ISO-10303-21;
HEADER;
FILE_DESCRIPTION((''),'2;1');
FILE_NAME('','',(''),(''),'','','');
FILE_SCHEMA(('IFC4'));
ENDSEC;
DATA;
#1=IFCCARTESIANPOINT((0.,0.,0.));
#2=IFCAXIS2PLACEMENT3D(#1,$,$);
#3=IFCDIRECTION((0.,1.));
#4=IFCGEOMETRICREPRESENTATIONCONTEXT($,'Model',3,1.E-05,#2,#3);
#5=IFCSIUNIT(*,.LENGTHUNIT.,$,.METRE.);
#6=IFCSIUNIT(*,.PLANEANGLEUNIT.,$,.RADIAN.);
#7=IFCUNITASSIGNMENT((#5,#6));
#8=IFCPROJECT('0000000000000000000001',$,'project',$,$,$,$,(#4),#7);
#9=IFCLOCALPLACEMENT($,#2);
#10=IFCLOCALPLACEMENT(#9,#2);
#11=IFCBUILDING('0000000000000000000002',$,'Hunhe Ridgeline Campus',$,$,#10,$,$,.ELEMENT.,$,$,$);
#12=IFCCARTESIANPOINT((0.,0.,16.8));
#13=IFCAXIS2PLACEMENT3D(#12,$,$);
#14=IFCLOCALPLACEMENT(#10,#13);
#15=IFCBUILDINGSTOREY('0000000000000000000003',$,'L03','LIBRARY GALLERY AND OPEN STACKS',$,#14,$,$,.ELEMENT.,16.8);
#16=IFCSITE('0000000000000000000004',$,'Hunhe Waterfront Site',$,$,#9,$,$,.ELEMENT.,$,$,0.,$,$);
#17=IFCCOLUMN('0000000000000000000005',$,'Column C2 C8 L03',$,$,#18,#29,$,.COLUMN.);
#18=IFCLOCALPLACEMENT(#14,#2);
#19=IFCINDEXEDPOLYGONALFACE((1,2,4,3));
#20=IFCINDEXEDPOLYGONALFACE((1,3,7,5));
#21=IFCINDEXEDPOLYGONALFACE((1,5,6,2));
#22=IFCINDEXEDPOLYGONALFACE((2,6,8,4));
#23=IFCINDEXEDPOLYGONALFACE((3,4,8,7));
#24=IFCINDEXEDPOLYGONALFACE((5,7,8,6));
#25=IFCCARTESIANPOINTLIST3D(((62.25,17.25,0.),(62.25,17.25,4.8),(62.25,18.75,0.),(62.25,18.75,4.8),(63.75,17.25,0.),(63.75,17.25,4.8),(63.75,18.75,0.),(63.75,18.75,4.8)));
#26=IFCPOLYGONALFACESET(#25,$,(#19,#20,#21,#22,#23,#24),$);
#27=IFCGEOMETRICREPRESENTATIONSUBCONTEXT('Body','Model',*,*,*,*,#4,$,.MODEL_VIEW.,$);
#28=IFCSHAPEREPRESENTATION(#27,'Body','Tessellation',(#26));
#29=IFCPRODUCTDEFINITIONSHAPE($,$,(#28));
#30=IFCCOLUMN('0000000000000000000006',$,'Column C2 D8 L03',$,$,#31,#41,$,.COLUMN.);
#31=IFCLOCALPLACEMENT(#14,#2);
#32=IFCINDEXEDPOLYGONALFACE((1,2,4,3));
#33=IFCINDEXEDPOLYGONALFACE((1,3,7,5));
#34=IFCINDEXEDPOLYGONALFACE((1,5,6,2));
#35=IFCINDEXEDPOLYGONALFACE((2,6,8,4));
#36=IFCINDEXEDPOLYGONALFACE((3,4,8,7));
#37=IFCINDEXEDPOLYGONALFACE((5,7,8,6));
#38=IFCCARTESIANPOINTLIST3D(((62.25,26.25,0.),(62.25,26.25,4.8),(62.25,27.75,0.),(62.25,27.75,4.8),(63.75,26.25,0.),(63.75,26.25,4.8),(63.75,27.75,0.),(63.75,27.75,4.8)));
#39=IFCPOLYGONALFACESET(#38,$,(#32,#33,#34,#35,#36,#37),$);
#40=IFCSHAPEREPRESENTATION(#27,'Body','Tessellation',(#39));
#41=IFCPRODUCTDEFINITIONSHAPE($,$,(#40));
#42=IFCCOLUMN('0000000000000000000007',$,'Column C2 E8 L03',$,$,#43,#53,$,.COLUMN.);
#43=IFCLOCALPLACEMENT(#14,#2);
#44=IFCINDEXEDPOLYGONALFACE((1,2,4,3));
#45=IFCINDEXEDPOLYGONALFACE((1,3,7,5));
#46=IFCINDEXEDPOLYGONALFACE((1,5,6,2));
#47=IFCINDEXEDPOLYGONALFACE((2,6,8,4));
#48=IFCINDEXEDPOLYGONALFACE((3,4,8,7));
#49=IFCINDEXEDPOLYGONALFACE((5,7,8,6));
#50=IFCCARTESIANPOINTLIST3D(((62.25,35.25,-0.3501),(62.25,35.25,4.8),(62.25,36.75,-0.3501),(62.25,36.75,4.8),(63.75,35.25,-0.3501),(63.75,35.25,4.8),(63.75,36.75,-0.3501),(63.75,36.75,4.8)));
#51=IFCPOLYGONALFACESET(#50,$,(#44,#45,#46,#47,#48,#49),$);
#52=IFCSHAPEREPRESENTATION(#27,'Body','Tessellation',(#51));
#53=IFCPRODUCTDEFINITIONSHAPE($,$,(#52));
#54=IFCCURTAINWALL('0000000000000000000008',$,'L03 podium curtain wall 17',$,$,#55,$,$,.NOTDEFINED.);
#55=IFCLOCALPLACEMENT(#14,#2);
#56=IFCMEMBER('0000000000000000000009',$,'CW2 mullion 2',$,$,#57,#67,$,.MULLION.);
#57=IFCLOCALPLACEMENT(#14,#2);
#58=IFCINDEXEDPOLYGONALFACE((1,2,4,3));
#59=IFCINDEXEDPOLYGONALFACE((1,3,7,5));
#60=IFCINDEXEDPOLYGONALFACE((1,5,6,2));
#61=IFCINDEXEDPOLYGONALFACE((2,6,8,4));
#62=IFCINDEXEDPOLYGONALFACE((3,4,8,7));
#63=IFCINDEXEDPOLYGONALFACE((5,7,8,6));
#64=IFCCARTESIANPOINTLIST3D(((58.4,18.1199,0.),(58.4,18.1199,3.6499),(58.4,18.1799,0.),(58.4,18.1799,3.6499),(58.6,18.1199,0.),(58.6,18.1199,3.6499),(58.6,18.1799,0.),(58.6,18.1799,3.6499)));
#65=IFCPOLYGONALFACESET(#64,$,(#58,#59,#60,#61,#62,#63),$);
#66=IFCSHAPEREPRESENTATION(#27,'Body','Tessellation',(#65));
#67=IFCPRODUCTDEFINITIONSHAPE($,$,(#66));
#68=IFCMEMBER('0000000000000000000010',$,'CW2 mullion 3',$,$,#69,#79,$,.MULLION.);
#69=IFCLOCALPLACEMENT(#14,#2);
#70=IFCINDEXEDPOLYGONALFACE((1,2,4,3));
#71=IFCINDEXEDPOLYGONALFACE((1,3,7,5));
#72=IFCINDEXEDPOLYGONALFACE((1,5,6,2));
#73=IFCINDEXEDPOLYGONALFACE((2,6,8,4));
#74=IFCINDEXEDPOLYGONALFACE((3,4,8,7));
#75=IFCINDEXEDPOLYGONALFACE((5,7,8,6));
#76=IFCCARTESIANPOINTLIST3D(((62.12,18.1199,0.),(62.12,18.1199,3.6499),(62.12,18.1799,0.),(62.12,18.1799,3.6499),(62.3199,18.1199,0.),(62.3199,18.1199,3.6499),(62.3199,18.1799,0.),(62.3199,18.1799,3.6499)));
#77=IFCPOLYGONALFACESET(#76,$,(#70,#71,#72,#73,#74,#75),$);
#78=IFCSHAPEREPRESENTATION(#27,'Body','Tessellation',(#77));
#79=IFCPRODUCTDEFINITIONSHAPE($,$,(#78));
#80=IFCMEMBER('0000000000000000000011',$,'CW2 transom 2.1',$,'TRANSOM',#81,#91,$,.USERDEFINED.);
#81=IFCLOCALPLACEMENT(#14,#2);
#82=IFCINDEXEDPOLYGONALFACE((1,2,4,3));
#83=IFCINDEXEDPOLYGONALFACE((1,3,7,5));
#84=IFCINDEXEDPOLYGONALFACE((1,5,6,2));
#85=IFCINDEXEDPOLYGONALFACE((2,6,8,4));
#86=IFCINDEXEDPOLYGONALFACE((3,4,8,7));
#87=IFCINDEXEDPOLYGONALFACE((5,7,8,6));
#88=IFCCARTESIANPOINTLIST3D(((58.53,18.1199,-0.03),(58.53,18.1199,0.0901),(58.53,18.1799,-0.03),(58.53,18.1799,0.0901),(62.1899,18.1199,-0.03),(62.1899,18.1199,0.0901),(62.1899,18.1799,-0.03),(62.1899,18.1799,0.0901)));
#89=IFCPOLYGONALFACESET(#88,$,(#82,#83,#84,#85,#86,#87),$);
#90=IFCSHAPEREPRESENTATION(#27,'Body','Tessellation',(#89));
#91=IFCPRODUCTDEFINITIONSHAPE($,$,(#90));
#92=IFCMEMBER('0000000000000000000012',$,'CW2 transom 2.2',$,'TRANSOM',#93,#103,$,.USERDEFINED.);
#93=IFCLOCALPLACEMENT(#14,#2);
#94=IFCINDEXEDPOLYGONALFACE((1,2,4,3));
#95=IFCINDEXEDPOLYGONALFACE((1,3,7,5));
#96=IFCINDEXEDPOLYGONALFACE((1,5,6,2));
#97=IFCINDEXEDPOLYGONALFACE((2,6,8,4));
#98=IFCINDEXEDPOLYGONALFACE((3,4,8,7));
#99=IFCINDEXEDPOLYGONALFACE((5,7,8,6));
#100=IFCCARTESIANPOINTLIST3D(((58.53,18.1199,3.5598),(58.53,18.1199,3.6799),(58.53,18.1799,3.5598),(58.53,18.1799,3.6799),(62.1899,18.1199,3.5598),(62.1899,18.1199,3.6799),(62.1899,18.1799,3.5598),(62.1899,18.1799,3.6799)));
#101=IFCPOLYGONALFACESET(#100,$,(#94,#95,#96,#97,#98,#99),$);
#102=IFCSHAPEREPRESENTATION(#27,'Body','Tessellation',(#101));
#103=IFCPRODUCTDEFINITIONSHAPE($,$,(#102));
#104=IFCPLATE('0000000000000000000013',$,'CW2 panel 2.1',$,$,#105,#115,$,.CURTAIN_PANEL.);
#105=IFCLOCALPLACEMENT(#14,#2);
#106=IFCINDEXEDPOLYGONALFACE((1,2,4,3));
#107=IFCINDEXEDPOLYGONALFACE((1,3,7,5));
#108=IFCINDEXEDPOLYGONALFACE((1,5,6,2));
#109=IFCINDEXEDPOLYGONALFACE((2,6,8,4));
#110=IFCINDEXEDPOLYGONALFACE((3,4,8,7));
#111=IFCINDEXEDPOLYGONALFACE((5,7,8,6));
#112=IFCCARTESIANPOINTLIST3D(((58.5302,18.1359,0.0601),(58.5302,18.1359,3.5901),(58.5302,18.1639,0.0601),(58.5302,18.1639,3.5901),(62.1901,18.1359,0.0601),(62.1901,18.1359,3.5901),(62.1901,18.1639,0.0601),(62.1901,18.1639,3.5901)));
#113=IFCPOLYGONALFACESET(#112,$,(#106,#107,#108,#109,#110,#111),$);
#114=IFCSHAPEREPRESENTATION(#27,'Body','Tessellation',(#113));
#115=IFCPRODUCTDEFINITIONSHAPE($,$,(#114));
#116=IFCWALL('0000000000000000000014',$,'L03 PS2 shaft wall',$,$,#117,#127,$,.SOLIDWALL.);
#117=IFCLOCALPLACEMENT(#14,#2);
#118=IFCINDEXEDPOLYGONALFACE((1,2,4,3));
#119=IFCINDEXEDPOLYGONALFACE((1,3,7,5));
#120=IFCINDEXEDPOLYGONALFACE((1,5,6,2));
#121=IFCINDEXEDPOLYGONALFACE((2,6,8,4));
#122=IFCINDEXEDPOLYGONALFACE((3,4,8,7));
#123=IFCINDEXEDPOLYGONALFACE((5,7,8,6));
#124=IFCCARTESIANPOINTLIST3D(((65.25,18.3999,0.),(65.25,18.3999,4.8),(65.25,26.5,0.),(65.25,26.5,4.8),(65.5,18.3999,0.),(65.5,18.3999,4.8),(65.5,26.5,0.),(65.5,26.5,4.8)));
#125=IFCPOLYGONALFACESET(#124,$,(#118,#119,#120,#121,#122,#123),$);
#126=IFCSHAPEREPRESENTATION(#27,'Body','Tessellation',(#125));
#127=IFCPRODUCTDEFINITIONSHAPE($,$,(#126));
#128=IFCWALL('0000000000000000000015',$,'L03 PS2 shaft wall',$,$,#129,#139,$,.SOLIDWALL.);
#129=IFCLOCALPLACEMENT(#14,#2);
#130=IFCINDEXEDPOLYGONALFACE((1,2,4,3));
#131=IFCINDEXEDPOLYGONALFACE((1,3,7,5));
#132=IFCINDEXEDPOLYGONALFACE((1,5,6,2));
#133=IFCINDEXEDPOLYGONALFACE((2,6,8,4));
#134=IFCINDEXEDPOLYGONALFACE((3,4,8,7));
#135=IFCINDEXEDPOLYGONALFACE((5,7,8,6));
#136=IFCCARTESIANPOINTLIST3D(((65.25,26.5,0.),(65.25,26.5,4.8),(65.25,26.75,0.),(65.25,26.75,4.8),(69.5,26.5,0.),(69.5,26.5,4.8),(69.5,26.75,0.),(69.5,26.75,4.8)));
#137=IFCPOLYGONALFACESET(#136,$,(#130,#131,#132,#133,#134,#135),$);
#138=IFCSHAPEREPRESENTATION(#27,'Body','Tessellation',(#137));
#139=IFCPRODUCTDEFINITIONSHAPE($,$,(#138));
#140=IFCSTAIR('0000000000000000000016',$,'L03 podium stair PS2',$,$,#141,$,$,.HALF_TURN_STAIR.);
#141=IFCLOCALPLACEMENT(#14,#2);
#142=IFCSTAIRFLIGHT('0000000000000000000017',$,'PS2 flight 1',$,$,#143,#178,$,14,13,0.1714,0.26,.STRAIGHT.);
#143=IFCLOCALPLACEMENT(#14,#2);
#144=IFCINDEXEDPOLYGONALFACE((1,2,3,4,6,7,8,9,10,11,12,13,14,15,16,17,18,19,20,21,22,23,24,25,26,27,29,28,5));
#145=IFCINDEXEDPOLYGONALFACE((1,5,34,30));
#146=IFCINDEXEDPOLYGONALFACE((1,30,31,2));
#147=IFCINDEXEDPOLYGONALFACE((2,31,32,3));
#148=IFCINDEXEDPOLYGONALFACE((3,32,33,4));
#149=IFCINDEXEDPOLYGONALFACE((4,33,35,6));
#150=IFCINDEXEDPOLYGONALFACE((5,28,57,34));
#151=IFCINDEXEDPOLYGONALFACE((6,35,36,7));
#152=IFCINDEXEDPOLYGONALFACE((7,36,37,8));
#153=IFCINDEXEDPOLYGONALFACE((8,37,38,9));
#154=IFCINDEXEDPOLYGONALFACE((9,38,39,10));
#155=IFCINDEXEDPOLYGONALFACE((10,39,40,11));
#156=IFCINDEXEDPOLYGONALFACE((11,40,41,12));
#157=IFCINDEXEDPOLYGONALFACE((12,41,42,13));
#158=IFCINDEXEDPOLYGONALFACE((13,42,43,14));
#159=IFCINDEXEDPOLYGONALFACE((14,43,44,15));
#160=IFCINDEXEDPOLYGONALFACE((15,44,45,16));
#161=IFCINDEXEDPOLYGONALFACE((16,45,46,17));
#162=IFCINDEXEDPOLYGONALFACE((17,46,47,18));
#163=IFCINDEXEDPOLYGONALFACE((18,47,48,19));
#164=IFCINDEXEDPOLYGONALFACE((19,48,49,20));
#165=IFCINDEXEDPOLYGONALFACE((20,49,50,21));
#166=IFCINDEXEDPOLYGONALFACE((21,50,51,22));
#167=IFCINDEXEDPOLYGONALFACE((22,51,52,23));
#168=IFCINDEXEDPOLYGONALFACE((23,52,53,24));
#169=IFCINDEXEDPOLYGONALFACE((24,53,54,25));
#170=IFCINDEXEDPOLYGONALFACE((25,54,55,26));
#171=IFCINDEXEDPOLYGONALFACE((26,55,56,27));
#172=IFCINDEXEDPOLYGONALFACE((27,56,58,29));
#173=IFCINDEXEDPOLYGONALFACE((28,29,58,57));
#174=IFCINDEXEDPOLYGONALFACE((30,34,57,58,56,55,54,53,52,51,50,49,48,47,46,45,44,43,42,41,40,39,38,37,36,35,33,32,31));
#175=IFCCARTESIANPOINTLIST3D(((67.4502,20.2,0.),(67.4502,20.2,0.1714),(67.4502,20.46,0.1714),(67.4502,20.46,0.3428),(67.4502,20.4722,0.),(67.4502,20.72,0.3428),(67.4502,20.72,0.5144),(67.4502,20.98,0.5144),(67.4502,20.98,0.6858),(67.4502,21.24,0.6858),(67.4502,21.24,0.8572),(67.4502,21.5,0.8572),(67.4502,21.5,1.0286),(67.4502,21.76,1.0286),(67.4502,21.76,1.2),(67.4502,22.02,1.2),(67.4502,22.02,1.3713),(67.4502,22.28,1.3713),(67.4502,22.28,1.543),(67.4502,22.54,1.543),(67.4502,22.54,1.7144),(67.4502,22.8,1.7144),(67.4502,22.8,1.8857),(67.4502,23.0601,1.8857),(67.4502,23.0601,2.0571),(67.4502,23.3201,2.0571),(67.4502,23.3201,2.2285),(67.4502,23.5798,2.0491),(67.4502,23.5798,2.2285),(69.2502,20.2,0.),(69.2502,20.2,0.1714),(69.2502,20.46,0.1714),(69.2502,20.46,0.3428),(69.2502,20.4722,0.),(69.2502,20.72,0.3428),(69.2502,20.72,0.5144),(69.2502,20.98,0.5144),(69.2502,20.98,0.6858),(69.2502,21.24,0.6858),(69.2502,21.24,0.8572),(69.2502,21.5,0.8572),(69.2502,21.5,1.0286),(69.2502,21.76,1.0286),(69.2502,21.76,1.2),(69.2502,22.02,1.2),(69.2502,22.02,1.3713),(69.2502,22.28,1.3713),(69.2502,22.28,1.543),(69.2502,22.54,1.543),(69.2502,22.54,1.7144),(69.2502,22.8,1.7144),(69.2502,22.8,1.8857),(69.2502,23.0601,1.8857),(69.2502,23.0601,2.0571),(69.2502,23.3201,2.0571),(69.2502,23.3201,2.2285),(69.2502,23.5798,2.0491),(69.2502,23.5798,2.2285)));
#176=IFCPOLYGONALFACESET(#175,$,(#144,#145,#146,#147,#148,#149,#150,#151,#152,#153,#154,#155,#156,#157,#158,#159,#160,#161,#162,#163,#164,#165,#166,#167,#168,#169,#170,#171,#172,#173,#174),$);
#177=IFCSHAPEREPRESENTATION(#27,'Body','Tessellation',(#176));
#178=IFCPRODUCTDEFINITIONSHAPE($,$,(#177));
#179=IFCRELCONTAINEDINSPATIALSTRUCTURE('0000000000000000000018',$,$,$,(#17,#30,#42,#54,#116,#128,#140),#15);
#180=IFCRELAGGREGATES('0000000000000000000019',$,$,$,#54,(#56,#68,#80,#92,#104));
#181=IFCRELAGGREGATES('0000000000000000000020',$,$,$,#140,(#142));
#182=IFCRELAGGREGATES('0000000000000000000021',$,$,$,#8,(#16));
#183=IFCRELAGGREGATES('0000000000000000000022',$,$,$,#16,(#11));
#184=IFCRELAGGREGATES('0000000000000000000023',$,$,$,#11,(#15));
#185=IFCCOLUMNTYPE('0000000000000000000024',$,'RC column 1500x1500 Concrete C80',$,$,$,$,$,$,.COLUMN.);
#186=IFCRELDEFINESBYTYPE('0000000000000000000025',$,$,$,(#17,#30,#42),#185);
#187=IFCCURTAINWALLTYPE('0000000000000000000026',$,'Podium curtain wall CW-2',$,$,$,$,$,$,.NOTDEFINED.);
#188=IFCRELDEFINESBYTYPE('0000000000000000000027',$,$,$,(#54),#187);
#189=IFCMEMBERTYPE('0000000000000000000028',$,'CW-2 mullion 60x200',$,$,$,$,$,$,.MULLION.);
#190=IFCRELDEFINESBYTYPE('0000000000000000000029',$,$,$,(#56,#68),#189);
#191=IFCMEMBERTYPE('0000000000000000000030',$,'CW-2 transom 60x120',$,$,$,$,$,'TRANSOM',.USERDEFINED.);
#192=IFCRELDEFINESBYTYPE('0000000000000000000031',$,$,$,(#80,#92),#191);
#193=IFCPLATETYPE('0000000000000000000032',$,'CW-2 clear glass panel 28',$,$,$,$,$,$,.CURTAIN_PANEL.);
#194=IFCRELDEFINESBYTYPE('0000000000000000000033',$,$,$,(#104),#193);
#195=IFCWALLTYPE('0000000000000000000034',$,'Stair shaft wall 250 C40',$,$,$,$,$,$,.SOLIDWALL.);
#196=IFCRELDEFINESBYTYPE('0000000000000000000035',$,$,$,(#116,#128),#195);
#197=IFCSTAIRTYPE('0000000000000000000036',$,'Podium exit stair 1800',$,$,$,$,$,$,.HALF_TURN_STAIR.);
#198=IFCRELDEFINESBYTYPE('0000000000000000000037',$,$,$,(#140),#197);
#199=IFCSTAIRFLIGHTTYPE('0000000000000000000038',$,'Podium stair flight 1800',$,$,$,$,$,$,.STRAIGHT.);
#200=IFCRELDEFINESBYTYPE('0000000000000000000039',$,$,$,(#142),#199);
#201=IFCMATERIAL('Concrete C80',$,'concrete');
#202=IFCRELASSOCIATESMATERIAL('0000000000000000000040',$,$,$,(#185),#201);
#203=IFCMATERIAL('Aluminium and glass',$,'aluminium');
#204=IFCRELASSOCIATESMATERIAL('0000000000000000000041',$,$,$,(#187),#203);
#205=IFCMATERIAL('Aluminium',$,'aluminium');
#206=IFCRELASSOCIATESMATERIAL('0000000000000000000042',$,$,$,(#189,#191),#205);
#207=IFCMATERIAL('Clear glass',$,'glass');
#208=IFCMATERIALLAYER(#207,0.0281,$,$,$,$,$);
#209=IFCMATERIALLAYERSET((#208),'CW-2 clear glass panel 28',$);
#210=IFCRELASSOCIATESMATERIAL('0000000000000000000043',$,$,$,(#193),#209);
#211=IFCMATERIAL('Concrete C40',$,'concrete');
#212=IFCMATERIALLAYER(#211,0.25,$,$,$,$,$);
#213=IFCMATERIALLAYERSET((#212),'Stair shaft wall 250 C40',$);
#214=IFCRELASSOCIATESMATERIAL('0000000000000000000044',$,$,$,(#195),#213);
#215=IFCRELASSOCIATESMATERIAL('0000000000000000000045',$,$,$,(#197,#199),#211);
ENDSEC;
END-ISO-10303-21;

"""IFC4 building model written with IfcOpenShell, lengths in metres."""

from ifc_helpers import new_model, si_unit, direction, frame, frame_2d, origin, origin_2d, place, context, subcontext, project, spatial, polyline, rectangle, outline, extrude, material, layer, layer_set, material_profile, profile_set, type_object, element, aggregate, save


model = new_model("IFC4")

# Units and contexts
model_context = context("Model", 3, precision=1e-05, world=origin(), true_north=direction((0.0, 1.0)))
body_context = subcontext(model_context, "Body", "Model", "MODEL_VIEW")
ifc_project = project(units=[si_unit("LENGTHUNIT", "METRE"), si_unit("PLANEANGLEUNIT", "RADIAN")], contexts=[model_context])

# Site, building, storey
site_placement = place(None, origin())
site = spatial("IfcSite", under=ifc_project, at=site_placement, Name="Hunhe Waterfront Site", CompositionType="ELEMENT", RefElevation=0.0)
building_placement = place(site_placement, origin())
building = spatial("IfcBuilding", under=site, at=building_placement, Name="Hunhe Ridgeline Campus", CompositionType="ELEMENT")
storey_placement = place(building_placement, frame((0.0, 0.0, 16.8)))
storey = spatial("IfcBuildingStorey", under=building, at=storey_placement, Name="L03", Description="LIBRARY GALLERY AND OPEN STACKS", CompositionType="ELEMENT", Elevation=16.8)

# Columns
ifc_material_1 = material(Name="Concrete C80", Category="concrete")
ifc_material_profile_1 = material_profile(ifc_material_1, rectangle(XDim=1.5, YDim=1.5, at=origin_2d()))
ifc_profile_set_1 = profile_set([ifc_material_profile_1], Name="Concrete C80")
column_type = type_object("IfcColumnType", Name="RC column 1500x1500 Concrete C80", PredefinedType="COLUMN", material=ifc_profile_set_1)
for number, where, z_axis, x_axis, name in (
    (1, (63.0, 18.0, 0.0), (0.0, 0.0, 1.0), (1.0, 0.0, 0.0), "Column C2 C8 L03"),
    (2, (63.0, 27.0, 0.0), (0.0, 0.0, 1.0), (1.0, 0.0, 0.0), "Column C2 D8 L03"),
):
    element("IfcColumn", number, at=place(storey_placement, frame(where, z_axis=z_axis, x_axis=x_axis)), inside=storey, type_object=column_type, Name=name, PredefinedType="COLUMN", context=body_context, shape_type="SweptSolid", body=[
        extrude(rectangle(XDim=1.5, YDim=1.5, at=origin_2d()), origin(), (0.0, 0.0, 1.0), 4.8),
    ])
column_placement = place(storey_placement, frame((63.0, 36.0, -0.3501), z_axis=(0.0, 0.0, 1.0), x_axis=(1.0, 0.0, 0.0)))
element("IfcColumn", 3, at=column_placement, inside=storey, type_object=column_type, Name="Column C2 E8 L03", PredefinedType="COLUMN", context=body_context, shape_type="SweptSolid", body=[
    extrude(rectangle(XDim=1.5, YDim=1.5, at=origin_2d()), origin(), (0.0, 0.0, 1.0), 5.1501),
])

# Curtain wall, members, plate
ifc_material_2 = material(Name="Aluminium and glass", Category="aluminium")
curtain_wall_type = type_object("IfcCurtainWallType", Name="Podium curtain wall CW-2", PredefinedType="NOTDEFINED", material=ifc_material_2)
curtain_wall_placement = place(storey_placement, origin())
curtain_wall = element("IfcCurtainWall", 4, at=curtain_wall_placement, inside=storey, type_object=curtain_wall_type, Name="L03 podium curtain wall 17", PredefinedType="NOTDEFINED")
ifc_material_3 = material(Name="Aluminium", Category="aluminium")
ifc_material_profile_2 = material_profile(ifc_material_3, rectangle(XDim=0.0601, YDim=0.2, at=origin_2d()))
ifc_profile_set_2 = profile_set([ifc_material_profile_2], Name="Aluminium")
member_type_1 = type_object("IfcMemberType", Name="CW-2 mullion 60x200", PredefinedType="MULLION", material=ifc_profile_set_2)
member_1_placement = place(storey_placement, frame((58.5, 18.1499, 0.0), z_axis=(0.0, 0.0, 1.0), x_axis=(0.0, 1.0, 0.0)))
member_1 = element("IfcMember", 5, at=member_1_placement, type_object=member_type_1, Name="CW2 mullion 2", PredefinedType="MULLION", context=body_context, shape_type="SweptSolid", body=[
    extrude(rectangle(XDim=0.0601, YDim=0.2, at=origin_2d()), origin(), (0.0, 0.0, 1.0), 3.6499),
])
member_2_placement = place(storey_placement, frame((62.22, 18.1499, 0.0), z_axis=(0.0, 0.0, 1.0), x_axis=(0.0, 1.0, 0.0)))
member_2 = element("IfcMember", 6, at=member_2_placement, type_object=member_type_1, Name="CW2 mullion 3", PredefinedType="MULLION", context=body_context, shape_type="SweptSolid", body=[
    extrude(rectangle(XDim=0.0601, YDim=0.2, at=origin_2d()), origin(), (0.0, 0.0, 1.0), 3.6499),
])
ifc_material_profile_3 = material_profile(ifc_material_3, rectangle(XDim=0.0601, YDim=0.1201, at=origin_2d()))
ifc_profile_set_3 = profile_set([ifc_material_profile_3], Name="Aluminium")
member_type_2 = type_object("IfcMemberType", Name="CW-2 transom 60x120", ElementType="TRANSOM", PredefinedType="USERDEFINED", material=ifc_profile_set_3)
member_3_placement = place(storey_placement, frame((58.53, 18.1499, 0.03), z_axis=(1.0, 0.0, 0.0), x_axis=(0.0, 1.0, 0.0)))
member_3 = element("IfcMember", 7, at=member_3_placement, type_object=member_type_2, Name="CW2 transom 2.1", ObjectType="TRANSOM", PredefinedType="USERDEFINED", context=body_context, shape_type="SweptSolid", body=[
    extrude(rectangle(XDim=0.0601, YDim=0.1201, at=origin_2d()), origin(), (0.0, 0.0, 1.0), 3.6599),
])
member_4_placement = place(storey_placement, frame((58.53, 18.1499, 3.6199), z_axis=(1.0, 0.0, 0.0), x_axis=(0.0, 1.0, 0.0)))
member_4 = element("IfcMember", 8, at=member_4_placement, type_object=member_type_2, Name="CW2 transom 2.2", ObjectType="TRANSOM", PredefinedType="USERDEFINED", context=body_context, shape_type="SweptSolid", body=[
    extrude(rectangle(XDim=0.0601, YDim=0.1201, at=origin_2d()), origin(), (0.0, 0.0, 1.0), 3.6599),
])
ifc_material_4 = material(Name="Clear glass", Category="glass")
ifc_layer_1 = layer(ifc_material_4, 0.0281)
ifc_layer_set_1 = layer_set([ifc_layer_1], Name="CW-2 clear glass panel 28")
plate_type = type_object("IfcPlateType", Name="CW-2 clear glass panel 28", PredefinedType="CURTAIN_PANEL", material=ifc_layer_set_1)
plate_placement = place(storey_placement, frame((60.3601, 18.1499, 0.0601), z_axis=(0.0, 0.0, 1.0), x_axis=(1.0, 0.0, 0.0)))
plate = element("IfcPlate", 9, at=plate_placement, type_object=plate_type, Name="CW2 panel 2.1", PredefinedType="CURTAIN_PANEL", context=body_context, shape_type="SweptSolid", body=[
    extrude(rectangle(XDim=3.6599, YDim=0.0281, at=origin_2d()), origin(), (0.0, 0.0, 1.0), 3.53),
])
aggregate(curtain_wall, [member_1, member_2, member_3, member_4, plate])

# Walls
ifc_material_5 = material(Name="Concrete C40", Category="concrete")
ifc_layer_2 = layer(ifc_material_5, 0.25)
ifc_layer_set_2 = layer_set([ifc_layer_2], Name="Stair shaft wall 250 C40")
wall_type = type_object("IfcWallType", Name="Stair shaft wall 250 C40", PredefinedType="SOLIDWALL", material=ifc_layer_set_2)
wall_1_placement = place(storey_placement, frame((65.375, 18.3999, 0.0), z_axis=(0.0, 0.0, 1.0), x_axis=(0.0, 1.0, 0.0)))
element("IfcWall", 10, at=wall_1_placement, inside=storey, type_object=wall_type, Name="L03 PS2 shaft wall", PredefinedType="SOLIDWALL", context=body_context, shape_type="SweptSolid", body=[
    extrude(rectangle(XDim=8.1001, YDim=0.25, at=frame_2d((4.05, 0.0))), origin(), (0.0, 0.0, 1.0), 4.8),
])
wall_2_placement = place(storey_placement, frame((65.25, 26.625, 0.0), z_axis=(0.0, 0.0, 1.0), x_axis=(1.0, 0.0, 0.0)))
element("IfcWall", 11, at=wall_2_placement, inside=storey, type_object=wall_type, Name="L03 PS2 shaft wall", PredefinedType="SOLIDWALL", context=body_context, shape_type="SweptSolid", body=[
    extrude(rectangle(XDim=4.25, YDim=0.25, at=frame_2d((2.125, 0.0))), origin(), (0.0, 0.0, 1.0), 4.8),
])

# Stair, stair flight
stair_type = type_object("IfcStairType", Name="Podium exit stair 1800", PredefinedType="HALF_TURN_STAIR", material=ifc_material_5)
stair_placement = place(storey_placement, origin())
stair = element("IfcStair", 12, at=stair_placement, inside=storey, type_object=stair_type, Name="L03 podium stair PS2", PredefinedType="HALF_TURN_STAIR")
stair_flight_type = type_object("IfcStairFlightType", Name="Podium stair flight 1800", PredefinedType="STRAIGHT", material=ifc_material_5)
stair_flight_1_placement = place(storey_placement, frame((68.3501, 20.2, 0.0), z_axis=(0.0, 0.0, 1.0), x_axis=(0.0, 1.0, 0.0)))
stair_flight_1 = element("IfcStairFlight", 13, at=stair_flight_1_placement, type_object=stair_flight_type, Name="PS2 flight 1", NumberOfRisers=14, NumberOfTreads=13, PredefinedType="STRAIGHT", RiserHeight=0.1714, TreadLength=0.26, context=body_context, shape_type="SweptSolid", body=[
    extrude(outline(polyline([(0.0, 0.0), (0.0, 0.1714), (0.26, 0.1714), (0.26, 0.3428), (0.52, 0.3428), (0.52, 0.5144), (0.78, 0.5144), (0.78, 0.6858), (1.04, 0.6858), (1.04, 0.8572), (1.3, 0.8572), (1.3, 1.0286), (1.5601, 1.0286), (1.5601, 1.2), (1.8201, 1.2), (1.8201, 1.3713), (2.0801, 1.3713), (2.0801, 1.543), (2.3401, 1.543), (2.3401, 1.7144), (2.6001, 1.7144), (2.6001, 1.8857), (2.8601, 1.8857), (2.8601, 2.0571), (3.1201, 2.0571), (3.1201, 2.2285), (3.3799, 2.2285), (3.3799, 2.3999), (3.3799, 2.0491), (0.2722, 0.0), (0.0, 0.0)])), frame((0.0, 0.8999, 0.0), z_axis=(0.0, -1.0, 0.0), x_axis=(1.0, 0.0, 0.0)), (0.0, 0.0, 1.0), 1.8),
])
aggregate(stair, [stair_flight_1])

save(model, "model.ifc")
